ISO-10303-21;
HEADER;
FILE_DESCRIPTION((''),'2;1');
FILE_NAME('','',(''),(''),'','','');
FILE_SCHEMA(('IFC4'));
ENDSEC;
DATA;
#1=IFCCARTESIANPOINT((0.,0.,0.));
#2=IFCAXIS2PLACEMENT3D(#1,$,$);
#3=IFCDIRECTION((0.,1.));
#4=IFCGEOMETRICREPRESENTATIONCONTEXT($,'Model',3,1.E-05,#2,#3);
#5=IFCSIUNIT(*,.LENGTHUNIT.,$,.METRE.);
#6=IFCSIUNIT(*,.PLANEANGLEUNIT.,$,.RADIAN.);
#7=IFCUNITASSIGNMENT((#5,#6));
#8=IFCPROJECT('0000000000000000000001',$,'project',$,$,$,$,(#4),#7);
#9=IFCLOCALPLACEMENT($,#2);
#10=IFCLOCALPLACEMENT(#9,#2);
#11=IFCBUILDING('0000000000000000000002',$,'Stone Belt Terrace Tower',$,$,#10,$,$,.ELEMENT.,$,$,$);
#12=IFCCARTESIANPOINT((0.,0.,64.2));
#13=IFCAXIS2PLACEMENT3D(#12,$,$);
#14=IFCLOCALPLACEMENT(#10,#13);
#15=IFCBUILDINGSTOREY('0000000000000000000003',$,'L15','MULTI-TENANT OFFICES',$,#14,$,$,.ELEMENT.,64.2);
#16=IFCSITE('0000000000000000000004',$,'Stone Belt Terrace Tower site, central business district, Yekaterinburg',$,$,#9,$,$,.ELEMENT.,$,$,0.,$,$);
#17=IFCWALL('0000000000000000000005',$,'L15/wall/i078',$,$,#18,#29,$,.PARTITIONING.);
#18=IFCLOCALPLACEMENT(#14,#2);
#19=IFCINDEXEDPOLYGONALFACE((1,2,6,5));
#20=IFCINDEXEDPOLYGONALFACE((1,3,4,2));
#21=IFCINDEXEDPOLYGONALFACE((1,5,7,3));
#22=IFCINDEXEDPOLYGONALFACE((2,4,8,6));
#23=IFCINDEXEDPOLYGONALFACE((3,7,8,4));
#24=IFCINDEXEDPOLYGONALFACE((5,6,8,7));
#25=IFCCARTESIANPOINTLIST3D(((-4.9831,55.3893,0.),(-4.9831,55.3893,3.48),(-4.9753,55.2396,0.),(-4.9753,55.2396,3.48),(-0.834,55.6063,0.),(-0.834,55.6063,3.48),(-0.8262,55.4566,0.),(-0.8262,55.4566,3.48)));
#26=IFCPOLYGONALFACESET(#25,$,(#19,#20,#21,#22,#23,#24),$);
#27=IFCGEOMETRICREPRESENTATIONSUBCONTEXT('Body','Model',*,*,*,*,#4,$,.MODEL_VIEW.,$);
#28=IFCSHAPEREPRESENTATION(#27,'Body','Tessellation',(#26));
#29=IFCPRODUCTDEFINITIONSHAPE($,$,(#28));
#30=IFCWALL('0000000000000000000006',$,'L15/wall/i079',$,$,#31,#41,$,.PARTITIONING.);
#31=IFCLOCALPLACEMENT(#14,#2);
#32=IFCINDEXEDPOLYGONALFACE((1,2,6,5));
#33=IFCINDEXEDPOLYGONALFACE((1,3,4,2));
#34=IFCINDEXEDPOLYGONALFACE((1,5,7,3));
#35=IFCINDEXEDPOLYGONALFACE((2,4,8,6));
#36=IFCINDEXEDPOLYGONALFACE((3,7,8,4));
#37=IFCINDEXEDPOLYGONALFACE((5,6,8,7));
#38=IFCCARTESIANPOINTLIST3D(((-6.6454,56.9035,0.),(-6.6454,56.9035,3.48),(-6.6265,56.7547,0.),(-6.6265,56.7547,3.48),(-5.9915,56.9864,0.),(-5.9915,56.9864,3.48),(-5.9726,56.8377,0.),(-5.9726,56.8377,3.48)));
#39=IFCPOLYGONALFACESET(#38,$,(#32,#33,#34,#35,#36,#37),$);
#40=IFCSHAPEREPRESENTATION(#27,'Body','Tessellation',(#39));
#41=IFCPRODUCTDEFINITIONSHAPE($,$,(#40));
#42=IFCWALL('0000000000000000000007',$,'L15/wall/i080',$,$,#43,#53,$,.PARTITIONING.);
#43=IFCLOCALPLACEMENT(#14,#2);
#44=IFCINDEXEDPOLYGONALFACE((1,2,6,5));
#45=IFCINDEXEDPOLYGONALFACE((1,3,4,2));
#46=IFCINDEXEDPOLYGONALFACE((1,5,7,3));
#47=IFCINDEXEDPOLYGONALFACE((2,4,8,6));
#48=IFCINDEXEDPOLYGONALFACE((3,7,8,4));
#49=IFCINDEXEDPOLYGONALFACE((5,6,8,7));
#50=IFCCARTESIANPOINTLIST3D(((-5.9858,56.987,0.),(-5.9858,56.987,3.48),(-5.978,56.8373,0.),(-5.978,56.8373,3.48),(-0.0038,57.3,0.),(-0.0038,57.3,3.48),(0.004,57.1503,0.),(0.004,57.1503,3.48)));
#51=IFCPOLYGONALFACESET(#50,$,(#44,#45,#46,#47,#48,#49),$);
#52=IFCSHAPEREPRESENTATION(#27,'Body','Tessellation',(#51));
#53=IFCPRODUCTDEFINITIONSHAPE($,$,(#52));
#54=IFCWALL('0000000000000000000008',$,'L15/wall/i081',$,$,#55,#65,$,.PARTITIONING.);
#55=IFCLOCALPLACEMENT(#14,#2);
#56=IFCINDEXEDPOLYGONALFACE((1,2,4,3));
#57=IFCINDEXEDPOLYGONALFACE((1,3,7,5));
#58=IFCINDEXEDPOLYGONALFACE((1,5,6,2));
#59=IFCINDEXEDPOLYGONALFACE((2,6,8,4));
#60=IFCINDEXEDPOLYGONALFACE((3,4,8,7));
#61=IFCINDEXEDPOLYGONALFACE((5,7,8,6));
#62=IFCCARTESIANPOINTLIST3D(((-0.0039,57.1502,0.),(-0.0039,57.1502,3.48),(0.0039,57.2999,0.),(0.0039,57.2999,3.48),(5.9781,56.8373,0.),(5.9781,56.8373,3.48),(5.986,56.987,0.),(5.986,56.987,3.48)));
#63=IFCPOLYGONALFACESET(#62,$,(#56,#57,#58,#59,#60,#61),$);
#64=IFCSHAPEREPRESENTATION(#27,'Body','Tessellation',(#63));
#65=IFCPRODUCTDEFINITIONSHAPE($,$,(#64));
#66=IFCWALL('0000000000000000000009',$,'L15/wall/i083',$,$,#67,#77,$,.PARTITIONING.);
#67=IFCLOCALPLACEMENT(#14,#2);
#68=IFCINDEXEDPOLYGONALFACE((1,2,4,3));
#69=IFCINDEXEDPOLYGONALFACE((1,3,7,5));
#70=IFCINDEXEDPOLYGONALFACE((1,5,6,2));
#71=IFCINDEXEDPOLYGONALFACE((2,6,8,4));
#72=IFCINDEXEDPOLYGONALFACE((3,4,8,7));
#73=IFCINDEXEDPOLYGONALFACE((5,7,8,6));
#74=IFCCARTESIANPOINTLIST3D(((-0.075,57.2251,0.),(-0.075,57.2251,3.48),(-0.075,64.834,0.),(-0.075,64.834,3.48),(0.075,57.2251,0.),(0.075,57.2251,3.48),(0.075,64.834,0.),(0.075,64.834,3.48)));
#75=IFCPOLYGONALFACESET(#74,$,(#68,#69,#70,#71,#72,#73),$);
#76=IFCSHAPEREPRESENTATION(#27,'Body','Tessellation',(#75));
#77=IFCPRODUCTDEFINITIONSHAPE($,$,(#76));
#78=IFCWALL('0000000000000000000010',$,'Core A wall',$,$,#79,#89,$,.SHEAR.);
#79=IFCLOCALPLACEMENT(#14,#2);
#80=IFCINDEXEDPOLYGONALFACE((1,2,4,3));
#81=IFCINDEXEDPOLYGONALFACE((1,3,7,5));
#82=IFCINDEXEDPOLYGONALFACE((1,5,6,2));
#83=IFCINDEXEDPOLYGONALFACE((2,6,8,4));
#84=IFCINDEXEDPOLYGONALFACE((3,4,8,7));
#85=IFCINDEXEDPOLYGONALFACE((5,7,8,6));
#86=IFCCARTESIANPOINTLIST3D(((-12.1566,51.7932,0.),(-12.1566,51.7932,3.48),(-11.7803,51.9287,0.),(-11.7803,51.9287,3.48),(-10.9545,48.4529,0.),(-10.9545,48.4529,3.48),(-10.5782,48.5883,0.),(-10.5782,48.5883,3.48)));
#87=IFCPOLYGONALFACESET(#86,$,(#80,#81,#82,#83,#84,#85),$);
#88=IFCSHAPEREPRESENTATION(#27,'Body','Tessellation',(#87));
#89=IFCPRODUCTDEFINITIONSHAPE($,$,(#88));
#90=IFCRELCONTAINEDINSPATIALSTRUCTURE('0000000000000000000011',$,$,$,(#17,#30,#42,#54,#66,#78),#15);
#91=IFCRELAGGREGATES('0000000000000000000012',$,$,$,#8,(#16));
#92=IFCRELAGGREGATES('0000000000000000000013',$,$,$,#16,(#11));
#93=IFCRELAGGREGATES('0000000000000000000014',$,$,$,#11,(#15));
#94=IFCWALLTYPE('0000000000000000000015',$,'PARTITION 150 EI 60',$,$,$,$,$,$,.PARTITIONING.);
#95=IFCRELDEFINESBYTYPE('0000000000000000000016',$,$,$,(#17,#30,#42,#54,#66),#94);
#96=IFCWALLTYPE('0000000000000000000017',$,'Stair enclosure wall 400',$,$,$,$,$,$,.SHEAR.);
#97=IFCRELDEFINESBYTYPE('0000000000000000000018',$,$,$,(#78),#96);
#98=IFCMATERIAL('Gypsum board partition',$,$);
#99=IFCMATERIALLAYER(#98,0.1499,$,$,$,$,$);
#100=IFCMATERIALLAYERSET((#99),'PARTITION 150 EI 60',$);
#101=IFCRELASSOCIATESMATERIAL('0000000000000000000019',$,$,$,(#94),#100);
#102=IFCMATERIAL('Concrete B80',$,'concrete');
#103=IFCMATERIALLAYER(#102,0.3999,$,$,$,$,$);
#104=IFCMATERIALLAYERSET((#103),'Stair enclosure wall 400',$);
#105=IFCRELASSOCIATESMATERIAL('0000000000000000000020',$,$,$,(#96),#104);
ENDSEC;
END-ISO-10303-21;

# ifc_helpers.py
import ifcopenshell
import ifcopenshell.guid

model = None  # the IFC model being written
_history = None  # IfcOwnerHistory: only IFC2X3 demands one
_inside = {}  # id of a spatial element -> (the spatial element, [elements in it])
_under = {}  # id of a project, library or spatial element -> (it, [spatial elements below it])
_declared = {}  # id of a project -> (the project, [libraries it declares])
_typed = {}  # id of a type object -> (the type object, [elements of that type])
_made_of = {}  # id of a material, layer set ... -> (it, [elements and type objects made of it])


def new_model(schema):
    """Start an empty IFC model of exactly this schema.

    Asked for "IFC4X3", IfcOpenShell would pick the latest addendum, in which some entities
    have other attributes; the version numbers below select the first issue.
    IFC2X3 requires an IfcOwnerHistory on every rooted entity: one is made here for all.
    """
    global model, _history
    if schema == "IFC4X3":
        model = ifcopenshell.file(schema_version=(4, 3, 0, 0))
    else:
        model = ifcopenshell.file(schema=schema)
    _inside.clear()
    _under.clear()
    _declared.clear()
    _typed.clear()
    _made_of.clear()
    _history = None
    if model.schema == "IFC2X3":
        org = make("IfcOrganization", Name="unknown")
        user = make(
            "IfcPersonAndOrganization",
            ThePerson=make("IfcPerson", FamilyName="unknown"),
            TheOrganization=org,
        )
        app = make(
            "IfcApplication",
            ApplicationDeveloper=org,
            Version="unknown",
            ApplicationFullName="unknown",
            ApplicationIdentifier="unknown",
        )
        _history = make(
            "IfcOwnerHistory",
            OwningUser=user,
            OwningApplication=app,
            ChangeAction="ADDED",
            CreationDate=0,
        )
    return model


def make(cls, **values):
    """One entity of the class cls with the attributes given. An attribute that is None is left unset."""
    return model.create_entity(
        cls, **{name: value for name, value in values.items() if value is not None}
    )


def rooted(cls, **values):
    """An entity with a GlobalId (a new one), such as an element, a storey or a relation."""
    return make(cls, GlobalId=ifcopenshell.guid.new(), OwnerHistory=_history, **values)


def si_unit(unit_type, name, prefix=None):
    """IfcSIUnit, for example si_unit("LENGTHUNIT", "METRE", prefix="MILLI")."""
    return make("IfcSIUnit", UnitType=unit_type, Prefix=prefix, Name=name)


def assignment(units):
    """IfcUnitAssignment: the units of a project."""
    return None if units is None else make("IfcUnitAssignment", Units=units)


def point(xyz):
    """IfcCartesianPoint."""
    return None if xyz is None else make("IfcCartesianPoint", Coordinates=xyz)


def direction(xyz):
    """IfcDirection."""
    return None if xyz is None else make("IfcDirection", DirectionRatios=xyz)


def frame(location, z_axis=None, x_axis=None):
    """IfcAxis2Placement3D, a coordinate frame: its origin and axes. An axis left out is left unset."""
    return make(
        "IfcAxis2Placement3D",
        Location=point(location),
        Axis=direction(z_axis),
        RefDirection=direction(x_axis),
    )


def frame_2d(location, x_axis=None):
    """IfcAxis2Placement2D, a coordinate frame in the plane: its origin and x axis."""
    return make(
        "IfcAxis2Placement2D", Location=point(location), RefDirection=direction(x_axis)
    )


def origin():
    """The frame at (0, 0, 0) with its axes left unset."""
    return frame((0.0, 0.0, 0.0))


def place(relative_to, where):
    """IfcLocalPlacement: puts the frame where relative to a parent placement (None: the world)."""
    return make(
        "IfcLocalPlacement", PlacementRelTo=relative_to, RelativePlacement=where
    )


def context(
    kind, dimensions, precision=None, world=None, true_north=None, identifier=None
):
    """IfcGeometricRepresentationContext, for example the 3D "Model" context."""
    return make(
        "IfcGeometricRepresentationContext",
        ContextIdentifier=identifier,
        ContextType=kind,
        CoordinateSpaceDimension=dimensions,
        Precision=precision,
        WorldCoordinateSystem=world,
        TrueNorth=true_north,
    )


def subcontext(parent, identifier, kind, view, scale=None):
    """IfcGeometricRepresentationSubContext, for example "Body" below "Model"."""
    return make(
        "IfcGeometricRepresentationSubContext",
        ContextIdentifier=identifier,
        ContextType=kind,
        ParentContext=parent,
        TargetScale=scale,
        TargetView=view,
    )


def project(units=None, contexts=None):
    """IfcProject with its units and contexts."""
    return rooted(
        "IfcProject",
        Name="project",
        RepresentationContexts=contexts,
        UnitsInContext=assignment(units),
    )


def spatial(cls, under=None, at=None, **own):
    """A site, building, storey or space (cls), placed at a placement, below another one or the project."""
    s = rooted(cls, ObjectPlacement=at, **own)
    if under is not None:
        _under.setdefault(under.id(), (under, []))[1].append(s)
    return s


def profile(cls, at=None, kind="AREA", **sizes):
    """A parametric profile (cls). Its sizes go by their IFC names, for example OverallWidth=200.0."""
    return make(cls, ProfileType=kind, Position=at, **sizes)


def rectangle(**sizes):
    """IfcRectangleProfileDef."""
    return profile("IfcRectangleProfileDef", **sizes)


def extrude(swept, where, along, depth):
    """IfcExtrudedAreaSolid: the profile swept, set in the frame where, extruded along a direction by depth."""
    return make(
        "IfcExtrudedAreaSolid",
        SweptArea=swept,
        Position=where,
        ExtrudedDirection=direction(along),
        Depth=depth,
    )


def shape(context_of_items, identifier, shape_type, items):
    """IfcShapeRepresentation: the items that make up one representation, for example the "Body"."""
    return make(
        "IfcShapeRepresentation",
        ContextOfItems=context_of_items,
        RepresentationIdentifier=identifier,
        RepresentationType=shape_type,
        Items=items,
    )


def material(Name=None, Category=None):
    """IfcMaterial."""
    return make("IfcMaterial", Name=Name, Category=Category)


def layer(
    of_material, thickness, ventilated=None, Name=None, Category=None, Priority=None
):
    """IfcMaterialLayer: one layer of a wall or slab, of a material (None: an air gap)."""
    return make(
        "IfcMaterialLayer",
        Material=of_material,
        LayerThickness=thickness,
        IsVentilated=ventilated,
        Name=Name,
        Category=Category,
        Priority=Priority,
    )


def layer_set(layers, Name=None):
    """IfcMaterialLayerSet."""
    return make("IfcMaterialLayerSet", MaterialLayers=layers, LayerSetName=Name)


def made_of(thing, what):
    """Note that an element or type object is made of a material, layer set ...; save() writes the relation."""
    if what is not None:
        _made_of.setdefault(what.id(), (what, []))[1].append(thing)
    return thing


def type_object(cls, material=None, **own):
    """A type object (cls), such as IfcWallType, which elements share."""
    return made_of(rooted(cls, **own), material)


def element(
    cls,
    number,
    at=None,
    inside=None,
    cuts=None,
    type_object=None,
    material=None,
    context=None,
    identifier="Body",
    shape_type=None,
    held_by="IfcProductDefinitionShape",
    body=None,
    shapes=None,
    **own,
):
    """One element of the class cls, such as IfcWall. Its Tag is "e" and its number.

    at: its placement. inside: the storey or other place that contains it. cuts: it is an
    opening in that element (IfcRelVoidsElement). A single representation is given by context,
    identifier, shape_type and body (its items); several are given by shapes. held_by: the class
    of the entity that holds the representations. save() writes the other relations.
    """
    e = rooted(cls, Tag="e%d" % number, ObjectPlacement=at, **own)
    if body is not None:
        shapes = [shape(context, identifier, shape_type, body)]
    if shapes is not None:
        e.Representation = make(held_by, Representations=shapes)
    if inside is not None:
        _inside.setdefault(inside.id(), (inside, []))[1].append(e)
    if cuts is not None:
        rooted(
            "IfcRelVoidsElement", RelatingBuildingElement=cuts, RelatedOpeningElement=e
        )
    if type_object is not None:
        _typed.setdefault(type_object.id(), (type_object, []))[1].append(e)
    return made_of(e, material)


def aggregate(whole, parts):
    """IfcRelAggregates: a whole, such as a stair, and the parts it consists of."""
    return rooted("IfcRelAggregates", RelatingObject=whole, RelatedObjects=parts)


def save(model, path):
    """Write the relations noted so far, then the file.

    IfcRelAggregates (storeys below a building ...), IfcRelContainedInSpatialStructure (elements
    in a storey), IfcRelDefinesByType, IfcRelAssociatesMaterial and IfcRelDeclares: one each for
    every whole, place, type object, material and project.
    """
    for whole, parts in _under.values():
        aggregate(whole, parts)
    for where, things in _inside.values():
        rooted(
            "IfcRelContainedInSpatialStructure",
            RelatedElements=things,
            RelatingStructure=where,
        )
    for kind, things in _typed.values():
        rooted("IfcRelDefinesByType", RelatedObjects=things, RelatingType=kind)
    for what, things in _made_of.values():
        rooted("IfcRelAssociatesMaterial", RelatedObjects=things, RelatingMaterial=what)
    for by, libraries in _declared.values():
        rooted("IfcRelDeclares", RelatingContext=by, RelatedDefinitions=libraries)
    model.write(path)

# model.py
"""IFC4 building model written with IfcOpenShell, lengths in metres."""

from ifc_helpers import new_model, si_unit, direction, frame, frame_2d, origin, place, context, subcontext, project, spatial, rectangle, extrude, material, layer, layer_set, type_object, element, save


model = new_model("IFC4")

# Units and contexts
model_context = context("Model", 3, precision=1e-05, world=origin(), true_north=direction((0.0, 1.0)))
body_context = subcontext(model_context, "Body", "Model", "MODEL_VIEW")
ifc_project = project(units=[si_unit("LENGTHUNIT", "METRE"), si_unit("PLANEANGLEUNIT", "RADIAN")], contexts=[model_context])

# Site, building, storey
site_placement = place(None, origin())
site = spatial("IfcSite", under=ifc_project, at=site_placement, Name="Stone Belt Terrace Tower site, central business district, Yekaterinburg", CompositionType="ELEMENT", RefElevation=0.0)
building_placement = place(site_placement, origin())
building = spatial("IfcBuilding", under=site, at=building_placement, Name="Stone Belt Terrace Tower", CompositionType="ELEMENT")
storey_placement = place(building_placement, frame((0.0, 0.0, 64.2)))
storey = spatial("IfcBuildingStorey", under=building, at=storey_placement, Name="L15", Description="MULTI-TENANT OFFICES", CompositionType="ELEMENT", Elevation=64.2)

# Shared definitions
ifc_material_1 = material(Name="Concrete B80", Category="concrete")

# Shared definitions
ifc_material_2 = material(Name="Gypsum board partition")
ifc_layer_1 = layer(ifc_material_2, 0.1499)
ifc_layer_set_1 = layer_set([ifc_layer_1], Name="PARTITION 150 EI 60")
wall_type_1 = type_object("IfcWallType", Name="PARTITION 150 EI 60", PredefinedType="PARTITIONING", material=ifc_layer_set_1)

# Walls
wall_1_placement = place(storey_placement, frame((-0.8301, 55.5315, 0.0), z_axis=(0.0, 0.0, 1.0), x_axis=(-0.998635, -0.052238, 0.0)))
element("IfcWall", 1, at=wall_1_placement, inside=storey, type_object=wall_type_1, Name="L15/wall/i078", PredefinedType="PARTITIONING", context=body_context, shape_type="SweptSolid", body=[
    extrude(rectangle(XDim=4.1548, YDim=0.1499, at=frame_2d((2.0774, 0.0))), origin(), (0.0, 0.0, 1.0), 3.48),
])
wall_2_placement = place(storey_placement, frame((-6.636, 56.8291, 0.0), z_axis=(0.0, 0.0, 1.0), x_axis=(0.992043, 0.125903, 0.0)))
element("IfcWall", 2, at=wall_2_placement, inside=storey, type_object=wall_type_1, Name="L15/wall/i079", PredefinedType="PARTITIONING", context=body_context, shape_type="SweptSolid", body=[
    extrude(rectangle(XDim=0.6592, YDim=0.1499, at=frame_2d((0.3296, 0.0))), origin(), (0.0, 0.0, 1.0), 3.48),
])
for number, where, z_axis, x_axis, name in (
    (3, (-5.9819, 56.9121, 0.0), (0.0, 0.0, 1.0), (0.998634, 0.052251, 0.0), "L15/wall/i080"),
    (4, (0.0, 57.2251, 0.0), (0.0, 0.0, 1.0), (0.998634, -0.052251, 0.0), "L15/wall/i081"),
):
    element("IfcWall", number, at=place(storey_placement, frame(where, z_axis=z_axis, x_axis=x_axis)), inside=storey, type_object=wall_type_1, Name=name, PredefinedType="PARTITIONING", context=body_context, shape_type="SweptSolid", body=[
        extrude(rectangle(XDim=5.9902, YDim=0.1499, at=frame_2d((2.9951, 0.0))), origin(), (0.0, 0.0, 1.0), 3.48),
    ])
wall_3_placement = place(storey_placement, frame((0.0, 64.834, 0.0), z_axis=(0.0, 0.0, 1.0), x_axis=(0.0, -1.0, 0.0)))
element("IfcWall", 5, at=wall_3_placement, inside=storey, type_object=wall_type_1, Name="L15/wall/i083", PredefinedType="PARTITIONING", context=body_context, shape_type="SweptSolid", body=[
    extrude(rectangle(XDim=7.6089, YDim=0.1499, at=frame_2d((3.8044, 0.0))), origin(), (0.0, 0.0, 1.0), 3.48),
])
ifc_layer_2 = layer(ifc_material_1, 0.3999)
ifc_layer_set_2 = layer_set([ifc_layer_2], Name="Stair enclosure wall 400")
wall_type_2 = type_object("IfcWallType", Name="Stair enclosure wall 400", PredefinedType="SHEAR", material=ifc_layer_set_2)
wall_4_placement = place(storey_placement, frame((-10.7664, 48.5208, 0.0), z_axis=(0.0, 0.0, 1.0), x_axis=(-0.338627, 0.940921, 0.0)))
element("IfcWall", 6, at=wall_4_placement, inside=storey, type_object=wall_type_2, Name="Core A wall", PredefinedType="SHEAR", context=body_context, shape_type="SweptSolid", body=[
    extrude(rectangle(XDim=3.55, YDim=0.3999, at=frame_2d((1.7749, 0.0))), origin(), (0.0, 0.0, 1.0), 3.48),
])

save(model, "model.ifc")
